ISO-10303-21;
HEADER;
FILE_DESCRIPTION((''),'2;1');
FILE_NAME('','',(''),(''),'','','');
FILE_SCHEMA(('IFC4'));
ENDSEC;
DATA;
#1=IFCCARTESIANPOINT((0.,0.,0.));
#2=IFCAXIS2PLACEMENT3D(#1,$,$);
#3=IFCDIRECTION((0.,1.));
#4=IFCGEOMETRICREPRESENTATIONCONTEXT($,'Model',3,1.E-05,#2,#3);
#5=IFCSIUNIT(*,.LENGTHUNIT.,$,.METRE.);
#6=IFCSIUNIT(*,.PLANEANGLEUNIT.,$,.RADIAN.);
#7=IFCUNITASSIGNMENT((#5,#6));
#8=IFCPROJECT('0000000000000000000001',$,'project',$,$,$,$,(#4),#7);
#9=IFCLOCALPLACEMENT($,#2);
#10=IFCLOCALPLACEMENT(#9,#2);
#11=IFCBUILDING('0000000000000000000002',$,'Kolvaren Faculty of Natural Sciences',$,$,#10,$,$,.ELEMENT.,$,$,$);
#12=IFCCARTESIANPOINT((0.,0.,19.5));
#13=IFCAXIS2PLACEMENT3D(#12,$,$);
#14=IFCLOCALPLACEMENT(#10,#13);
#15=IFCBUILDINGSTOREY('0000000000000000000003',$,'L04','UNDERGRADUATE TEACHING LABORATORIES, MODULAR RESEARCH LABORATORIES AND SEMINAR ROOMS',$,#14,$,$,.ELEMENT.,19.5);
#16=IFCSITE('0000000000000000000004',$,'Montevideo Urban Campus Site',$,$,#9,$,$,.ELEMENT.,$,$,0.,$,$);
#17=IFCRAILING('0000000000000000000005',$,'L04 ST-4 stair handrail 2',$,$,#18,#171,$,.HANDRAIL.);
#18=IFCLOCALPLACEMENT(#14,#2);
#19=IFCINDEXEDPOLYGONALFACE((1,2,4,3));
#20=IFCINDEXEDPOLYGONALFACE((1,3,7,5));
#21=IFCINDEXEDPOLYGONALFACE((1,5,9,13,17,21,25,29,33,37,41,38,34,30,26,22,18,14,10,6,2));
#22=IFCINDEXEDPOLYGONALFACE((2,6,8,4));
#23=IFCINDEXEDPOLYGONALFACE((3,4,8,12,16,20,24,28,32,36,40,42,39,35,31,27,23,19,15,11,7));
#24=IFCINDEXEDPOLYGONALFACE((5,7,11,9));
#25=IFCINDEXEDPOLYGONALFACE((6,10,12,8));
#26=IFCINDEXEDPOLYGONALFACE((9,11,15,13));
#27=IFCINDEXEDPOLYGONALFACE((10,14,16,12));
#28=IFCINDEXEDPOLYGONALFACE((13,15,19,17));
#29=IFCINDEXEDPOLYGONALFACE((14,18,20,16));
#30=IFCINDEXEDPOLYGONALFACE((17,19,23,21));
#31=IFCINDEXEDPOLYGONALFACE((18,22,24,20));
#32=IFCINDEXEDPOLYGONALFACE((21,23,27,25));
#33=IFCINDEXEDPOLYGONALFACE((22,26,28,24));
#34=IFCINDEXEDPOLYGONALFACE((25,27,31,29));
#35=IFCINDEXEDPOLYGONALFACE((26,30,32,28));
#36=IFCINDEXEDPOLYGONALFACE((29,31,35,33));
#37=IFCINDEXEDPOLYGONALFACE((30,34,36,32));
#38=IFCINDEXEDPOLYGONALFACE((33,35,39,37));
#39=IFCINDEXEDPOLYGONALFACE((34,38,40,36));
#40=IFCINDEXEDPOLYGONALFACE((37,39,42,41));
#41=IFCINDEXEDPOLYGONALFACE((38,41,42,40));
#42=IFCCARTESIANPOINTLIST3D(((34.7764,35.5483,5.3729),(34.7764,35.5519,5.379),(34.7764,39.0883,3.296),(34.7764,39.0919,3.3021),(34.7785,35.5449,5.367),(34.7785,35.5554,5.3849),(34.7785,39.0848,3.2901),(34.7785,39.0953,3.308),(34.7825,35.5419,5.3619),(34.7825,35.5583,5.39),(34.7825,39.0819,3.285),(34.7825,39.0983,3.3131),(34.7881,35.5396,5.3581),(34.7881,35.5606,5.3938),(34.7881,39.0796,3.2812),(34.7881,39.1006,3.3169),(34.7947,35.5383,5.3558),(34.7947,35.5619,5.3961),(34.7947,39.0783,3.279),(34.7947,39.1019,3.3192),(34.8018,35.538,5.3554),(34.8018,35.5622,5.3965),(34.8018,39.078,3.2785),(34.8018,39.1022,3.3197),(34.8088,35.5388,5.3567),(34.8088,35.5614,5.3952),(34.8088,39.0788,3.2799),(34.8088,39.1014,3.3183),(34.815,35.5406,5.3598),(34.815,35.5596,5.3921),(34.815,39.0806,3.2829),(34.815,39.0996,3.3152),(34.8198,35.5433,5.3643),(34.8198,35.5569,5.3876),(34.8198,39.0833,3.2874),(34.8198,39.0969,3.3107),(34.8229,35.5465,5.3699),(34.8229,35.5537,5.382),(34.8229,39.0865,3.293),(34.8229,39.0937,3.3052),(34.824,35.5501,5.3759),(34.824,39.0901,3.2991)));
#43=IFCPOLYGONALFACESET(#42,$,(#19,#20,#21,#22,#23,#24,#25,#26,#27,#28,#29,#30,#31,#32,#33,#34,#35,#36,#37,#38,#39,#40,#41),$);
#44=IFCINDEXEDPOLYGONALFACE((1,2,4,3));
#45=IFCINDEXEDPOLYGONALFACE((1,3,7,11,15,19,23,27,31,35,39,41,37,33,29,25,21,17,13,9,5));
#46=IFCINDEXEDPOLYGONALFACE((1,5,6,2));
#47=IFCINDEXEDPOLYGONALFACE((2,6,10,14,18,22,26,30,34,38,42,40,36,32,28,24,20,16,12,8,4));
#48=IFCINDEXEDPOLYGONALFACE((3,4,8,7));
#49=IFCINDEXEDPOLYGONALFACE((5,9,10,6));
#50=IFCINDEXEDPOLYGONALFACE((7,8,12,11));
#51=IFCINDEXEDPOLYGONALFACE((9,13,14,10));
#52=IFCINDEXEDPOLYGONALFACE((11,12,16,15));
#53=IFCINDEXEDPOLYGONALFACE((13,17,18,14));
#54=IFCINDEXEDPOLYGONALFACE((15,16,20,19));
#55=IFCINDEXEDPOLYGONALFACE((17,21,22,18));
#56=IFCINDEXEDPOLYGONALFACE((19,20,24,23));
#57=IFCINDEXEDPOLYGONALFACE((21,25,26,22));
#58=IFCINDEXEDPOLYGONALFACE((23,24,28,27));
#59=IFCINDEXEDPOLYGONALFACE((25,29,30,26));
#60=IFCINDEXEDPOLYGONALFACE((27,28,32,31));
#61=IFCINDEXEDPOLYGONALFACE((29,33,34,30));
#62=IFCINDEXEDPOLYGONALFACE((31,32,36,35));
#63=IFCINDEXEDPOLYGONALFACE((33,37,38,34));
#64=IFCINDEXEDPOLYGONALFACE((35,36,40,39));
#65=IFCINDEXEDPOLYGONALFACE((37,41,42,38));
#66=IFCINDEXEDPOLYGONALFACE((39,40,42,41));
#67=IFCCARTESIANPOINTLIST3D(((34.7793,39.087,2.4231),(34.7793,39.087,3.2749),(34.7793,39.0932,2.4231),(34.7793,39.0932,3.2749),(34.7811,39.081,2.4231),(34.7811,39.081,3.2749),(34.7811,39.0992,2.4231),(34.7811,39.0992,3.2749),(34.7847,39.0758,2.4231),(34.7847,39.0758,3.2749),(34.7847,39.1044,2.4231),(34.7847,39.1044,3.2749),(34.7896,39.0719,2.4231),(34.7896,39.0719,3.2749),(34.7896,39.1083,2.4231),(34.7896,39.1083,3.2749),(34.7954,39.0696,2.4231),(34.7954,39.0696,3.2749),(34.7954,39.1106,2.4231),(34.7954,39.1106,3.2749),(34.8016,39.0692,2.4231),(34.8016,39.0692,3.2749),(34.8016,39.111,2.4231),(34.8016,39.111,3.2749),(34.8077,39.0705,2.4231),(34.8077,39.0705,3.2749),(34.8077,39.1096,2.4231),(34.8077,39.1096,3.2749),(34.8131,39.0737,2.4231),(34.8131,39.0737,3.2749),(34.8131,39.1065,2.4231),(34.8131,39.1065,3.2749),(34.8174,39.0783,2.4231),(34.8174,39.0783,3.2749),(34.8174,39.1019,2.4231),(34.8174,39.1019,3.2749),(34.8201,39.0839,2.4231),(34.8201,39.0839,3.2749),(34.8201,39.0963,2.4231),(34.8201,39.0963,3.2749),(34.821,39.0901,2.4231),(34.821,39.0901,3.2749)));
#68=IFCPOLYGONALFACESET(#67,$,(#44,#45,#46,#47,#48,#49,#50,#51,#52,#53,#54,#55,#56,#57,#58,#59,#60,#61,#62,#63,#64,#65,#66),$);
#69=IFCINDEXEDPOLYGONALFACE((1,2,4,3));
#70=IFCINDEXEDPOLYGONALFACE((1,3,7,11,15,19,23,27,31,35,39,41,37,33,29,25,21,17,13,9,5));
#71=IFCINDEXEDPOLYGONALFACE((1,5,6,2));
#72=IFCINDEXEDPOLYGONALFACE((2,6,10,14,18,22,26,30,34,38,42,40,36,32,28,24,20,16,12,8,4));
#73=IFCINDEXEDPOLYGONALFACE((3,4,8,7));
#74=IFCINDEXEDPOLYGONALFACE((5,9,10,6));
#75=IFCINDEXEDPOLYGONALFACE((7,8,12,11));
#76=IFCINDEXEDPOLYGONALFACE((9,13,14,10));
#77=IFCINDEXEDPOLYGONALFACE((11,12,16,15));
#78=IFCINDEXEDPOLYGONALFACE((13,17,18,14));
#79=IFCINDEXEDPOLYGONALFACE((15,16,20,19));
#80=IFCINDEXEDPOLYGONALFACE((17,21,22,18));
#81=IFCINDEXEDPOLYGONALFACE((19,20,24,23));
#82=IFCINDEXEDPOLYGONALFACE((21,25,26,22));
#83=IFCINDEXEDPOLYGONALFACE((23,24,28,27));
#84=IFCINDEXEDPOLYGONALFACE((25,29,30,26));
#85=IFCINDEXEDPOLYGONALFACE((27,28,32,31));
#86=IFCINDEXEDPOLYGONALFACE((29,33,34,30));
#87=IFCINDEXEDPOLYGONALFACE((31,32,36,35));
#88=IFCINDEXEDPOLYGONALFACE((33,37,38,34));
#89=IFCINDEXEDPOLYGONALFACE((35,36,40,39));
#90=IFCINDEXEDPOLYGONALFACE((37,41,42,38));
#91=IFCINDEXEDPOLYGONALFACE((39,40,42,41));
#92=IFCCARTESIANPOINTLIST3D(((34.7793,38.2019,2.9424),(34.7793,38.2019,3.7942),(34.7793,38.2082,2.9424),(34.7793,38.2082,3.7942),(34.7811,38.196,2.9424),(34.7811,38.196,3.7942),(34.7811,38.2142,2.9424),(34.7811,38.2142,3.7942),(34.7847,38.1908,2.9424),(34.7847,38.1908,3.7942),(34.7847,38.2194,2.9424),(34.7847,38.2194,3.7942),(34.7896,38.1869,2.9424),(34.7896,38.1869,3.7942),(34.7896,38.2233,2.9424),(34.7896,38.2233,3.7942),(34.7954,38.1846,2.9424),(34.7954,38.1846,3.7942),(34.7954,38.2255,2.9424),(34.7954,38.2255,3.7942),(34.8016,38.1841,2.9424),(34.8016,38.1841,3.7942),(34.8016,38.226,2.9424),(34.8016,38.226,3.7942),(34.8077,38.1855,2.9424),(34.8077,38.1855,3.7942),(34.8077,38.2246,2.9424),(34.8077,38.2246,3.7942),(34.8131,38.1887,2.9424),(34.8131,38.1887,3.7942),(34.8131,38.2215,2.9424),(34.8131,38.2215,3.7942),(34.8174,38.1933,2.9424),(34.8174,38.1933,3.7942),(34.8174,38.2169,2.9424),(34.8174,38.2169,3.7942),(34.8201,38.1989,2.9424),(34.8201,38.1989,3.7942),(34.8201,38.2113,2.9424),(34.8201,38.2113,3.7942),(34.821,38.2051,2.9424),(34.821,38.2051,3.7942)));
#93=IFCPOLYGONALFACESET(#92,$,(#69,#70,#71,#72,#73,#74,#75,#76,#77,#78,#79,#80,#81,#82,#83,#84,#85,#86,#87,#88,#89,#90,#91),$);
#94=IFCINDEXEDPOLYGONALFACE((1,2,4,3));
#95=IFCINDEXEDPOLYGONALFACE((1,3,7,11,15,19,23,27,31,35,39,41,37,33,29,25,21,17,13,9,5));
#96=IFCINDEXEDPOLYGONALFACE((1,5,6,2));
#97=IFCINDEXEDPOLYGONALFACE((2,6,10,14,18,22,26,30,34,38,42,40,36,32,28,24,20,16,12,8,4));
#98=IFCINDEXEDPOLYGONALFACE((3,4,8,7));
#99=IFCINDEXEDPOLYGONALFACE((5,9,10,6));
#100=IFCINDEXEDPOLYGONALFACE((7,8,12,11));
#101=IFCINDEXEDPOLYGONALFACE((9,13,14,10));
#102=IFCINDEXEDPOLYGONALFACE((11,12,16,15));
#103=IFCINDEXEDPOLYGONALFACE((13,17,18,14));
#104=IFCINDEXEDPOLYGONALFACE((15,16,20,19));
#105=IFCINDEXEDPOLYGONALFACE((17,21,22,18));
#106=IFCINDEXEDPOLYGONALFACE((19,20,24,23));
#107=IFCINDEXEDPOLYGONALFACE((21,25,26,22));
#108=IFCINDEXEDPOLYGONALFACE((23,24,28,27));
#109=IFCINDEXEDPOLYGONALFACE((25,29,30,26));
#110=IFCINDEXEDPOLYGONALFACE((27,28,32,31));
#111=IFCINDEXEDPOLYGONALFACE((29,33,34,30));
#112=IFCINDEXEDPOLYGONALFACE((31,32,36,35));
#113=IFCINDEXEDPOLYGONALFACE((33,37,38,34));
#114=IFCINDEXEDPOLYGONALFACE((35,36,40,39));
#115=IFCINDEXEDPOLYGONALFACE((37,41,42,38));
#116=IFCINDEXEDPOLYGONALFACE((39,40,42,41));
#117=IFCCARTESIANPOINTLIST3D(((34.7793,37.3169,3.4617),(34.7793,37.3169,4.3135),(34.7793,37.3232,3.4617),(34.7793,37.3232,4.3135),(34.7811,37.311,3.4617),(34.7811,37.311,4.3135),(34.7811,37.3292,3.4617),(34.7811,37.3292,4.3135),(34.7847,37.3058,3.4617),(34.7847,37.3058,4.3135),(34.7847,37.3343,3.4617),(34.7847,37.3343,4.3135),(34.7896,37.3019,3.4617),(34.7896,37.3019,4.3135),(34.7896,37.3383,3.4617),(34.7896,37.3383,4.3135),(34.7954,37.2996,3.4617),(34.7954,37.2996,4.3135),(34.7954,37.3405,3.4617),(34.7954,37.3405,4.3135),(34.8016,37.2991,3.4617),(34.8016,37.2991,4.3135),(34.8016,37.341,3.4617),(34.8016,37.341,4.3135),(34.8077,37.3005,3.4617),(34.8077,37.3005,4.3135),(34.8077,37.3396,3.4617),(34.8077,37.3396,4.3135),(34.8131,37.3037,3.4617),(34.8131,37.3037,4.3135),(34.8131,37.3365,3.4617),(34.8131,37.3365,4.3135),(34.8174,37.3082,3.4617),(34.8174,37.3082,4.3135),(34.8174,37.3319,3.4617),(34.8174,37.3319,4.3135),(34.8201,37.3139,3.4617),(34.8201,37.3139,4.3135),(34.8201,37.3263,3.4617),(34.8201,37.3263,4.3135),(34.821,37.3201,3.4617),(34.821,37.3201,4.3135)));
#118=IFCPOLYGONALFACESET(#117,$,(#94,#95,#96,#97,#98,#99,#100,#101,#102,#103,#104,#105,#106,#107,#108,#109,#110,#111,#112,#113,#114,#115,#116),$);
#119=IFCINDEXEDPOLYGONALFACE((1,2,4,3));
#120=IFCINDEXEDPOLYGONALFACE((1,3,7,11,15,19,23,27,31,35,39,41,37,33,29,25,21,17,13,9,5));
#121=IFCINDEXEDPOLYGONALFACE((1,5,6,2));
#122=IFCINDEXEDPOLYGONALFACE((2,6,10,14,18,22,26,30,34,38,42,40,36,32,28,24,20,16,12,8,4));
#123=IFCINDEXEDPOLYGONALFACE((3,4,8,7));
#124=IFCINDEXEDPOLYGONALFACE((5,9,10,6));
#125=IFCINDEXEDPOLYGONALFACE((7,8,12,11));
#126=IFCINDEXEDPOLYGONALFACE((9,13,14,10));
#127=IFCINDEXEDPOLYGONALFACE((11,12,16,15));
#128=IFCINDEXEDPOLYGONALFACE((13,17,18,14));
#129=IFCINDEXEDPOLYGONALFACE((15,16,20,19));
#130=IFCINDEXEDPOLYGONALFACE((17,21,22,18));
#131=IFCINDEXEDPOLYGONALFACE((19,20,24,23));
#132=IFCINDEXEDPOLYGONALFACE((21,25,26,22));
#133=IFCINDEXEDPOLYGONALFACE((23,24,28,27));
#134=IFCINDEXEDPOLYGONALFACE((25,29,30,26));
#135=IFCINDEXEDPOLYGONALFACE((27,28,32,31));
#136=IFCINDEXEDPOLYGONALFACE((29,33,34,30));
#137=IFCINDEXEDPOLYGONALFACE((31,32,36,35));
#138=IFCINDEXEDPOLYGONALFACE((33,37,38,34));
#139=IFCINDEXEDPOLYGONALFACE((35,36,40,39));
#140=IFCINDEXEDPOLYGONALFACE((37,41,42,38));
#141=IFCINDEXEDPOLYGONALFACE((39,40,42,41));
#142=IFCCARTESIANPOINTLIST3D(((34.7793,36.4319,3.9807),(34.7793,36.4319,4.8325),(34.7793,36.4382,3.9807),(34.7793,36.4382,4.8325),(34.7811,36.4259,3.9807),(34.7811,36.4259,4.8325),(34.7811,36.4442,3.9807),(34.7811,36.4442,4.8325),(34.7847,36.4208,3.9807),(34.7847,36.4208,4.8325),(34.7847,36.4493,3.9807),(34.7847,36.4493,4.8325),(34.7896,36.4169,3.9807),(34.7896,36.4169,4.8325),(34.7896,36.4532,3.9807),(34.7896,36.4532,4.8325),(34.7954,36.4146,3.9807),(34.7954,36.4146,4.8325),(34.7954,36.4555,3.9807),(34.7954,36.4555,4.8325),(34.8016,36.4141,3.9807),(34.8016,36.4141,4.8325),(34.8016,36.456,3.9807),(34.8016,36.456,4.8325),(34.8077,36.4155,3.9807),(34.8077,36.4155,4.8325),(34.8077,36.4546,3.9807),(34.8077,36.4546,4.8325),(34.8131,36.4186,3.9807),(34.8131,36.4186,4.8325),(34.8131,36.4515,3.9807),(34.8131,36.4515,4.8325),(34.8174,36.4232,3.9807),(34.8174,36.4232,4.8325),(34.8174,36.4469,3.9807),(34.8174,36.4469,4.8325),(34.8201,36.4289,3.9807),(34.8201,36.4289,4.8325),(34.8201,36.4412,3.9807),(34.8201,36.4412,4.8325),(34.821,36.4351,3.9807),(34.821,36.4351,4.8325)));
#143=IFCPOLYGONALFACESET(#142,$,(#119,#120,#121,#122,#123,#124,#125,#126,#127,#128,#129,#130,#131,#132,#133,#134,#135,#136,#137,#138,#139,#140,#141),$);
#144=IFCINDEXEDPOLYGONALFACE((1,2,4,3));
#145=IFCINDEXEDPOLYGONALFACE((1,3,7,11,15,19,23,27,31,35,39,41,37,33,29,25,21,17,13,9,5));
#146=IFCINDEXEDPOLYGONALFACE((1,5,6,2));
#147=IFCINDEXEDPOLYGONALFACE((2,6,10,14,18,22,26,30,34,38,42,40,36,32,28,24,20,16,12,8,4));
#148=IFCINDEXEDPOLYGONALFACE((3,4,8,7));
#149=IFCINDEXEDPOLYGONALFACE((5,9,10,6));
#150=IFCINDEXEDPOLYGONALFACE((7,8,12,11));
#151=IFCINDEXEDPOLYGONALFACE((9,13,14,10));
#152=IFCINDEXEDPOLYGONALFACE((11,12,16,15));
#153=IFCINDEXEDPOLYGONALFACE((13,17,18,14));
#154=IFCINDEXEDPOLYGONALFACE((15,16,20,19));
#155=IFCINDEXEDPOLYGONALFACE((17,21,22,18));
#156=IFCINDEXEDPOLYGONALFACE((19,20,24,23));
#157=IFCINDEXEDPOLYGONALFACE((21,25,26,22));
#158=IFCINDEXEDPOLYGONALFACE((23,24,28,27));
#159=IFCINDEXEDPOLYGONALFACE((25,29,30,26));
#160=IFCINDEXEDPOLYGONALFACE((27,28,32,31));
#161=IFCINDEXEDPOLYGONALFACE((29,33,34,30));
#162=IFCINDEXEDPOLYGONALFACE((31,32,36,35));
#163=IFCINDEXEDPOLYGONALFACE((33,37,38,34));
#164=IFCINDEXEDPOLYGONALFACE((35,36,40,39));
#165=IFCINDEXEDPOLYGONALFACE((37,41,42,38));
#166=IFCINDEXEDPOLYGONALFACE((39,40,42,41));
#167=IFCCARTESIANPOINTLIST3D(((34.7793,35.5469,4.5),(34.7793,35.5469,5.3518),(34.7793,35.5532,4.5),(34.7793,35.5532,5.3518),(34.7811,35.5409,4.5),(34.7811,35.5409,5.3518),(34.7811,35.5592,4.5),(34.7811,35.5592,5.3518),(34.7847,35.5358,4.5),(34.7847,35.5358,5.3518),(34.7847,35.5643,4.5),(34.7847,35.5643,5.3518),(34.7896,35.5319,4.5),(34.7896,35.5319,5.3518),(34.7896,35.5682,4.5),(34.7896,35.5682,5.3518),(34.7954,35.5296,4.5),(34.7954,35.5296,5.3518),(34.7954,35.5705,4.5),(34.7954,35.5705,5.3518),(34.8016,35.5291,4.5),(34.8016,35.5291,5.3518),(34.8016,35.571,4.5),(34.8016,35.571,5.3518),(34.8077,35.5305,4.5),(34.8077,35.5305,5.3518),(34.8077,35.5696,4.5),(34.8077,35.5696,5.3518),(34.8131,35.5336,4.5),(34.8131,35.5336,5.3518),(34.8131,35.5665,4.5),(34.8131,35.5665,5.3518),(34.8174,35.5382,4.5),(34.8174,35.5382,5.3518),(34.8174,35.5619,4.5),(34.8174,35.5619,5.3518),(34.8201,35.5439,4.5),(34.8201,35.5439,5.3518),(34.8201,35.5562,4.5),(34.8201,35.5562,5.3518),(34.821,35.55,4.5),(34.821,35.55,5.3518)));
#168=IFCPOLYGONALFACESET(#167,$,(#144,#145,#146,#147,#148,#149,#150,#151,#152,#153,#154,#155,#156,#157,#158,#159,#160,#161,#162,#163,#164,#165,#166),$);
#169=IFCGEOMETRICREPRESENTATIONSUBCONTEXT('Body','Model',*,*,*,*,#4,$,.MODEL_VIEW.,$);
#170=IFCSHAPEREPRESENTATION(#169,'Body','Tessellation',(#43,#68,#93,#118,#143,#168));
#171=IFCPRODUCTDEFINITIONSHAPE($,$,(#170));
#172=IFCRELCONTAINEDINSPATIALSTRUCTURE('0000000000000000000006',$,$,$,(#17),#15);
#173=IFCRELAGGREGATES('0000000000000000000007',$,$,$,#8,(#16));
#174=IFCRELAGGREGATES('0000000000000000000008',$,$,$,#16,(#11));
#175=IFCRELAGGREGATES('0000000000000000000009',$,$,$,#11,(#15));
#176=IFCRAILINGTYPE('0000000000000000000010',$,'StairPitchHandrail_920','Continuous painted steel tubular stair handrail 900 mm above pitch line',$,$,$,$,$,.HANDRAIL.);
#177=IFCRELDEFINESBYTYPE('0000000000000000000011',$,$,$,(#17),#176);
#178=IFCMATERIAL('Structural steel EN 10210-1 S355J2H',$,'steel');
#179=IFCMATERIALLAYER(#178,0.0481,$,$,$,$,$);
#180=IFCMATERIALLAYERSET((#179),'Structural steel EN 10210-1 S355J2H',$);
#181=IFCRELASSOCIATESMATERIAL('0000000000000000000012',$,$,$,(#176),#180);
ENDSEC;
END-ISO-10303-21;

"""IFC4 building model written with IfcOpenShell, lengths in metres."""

from ifc_helpers import new_model, si_unit, direction, frame, origin, origin_2d, place, context, subcontext, project, spatial, circle, extrude, material, layer, layer_set, type_object, element, save


model = new_model("IFC4")

# Units and contexts
model_context = context("Model", 3, precision=1e-05, world=origin(), true_north=direction((0.0, 1.0)))
body_context = subcontext(model_context, "Body", "Model", "MODEL_VIEW")
ifc_project = project(units=[si_unit("LENGTHUNIT", "METRE"), si_unit("PLANEANGLEUNIT", "RADIAN")], contexts=[model_context])

# Site, building, storey
site_placement = place(None, origin())
site = spatial("IfcSite", under=ifc_project, at=site_placement, Name="Montevideo Urban Campus Site", CompositionType="ELEMENT", RefElevation=0.0)
building_placement = place(site_placement, origin())
building = spatial("IfcBuilding", under=site, at=building_placement, Name="Kolvaren Faculty of Natural Sciences", CompositionType="ELEMENT")
storey_placement = place(building_placement, frame((0.0, 0.0, 19.5)))
storey = spatial("IfcBuildingStorey", under=building, at=storey_placement, Name="L04", Description="UNDERGRADUATE TEACHING LABORATORIES, MODULAR RESEARCH LABORATORIES AND SEMINAR ROOMS", CompositionType="ELEMENT", Elevation=19.5)

# Railing
ifc_material_1 = material(Name="Structural steel EN 10210-1 S355J2H", Category="steel")
ifc_layer_1 = layer(ifc_material_1, 0.0481)
ifc_layer_set_1 = layer_set([ifc_layer_1], Name="Structural steel EN 10210-1 S355J2H")
railing_type_1 = type_object("IfcRailingType", Name="StairPitchHandrail_920", Description="Continuous painted steel tubular stair handrail 900 mm above pitch line", PredefinedType="HANDRAIL", material=ifc_layer_set_1)
railing_1_placement = place(storey_placement, frame((34.8, 39.0901, 2.4231)))
element("IfcRailing", 1, at=railing_1_placement, inside=storey, type_object=railing_type_1, Name="L04 ST-4 stair handrail 2", PredefinedType="HANDRAIL", context=body_context, shape_type="SweptSolid", body=[
    extrude(circle(Radius=0.0239, at=origin_2d()), frame((0.0, 0.0, 0.876), z_axis=(0.0, -0.862516, 0.506029), x_axis=(1.0, 0.0, 0.0)), (0.0, 0.0, 1.0), 4.1042),
    extrude(circle(Radius=0.021, at=origin_2d()), origin(), (0.0, 0.0, 1.0), 0.8518),
    extrude(circle(Radius=0.021, at=origin_2d()), frame((0.0, -0.885, 0.5193)), (0.0, 0.0, 1.0), 0.8518),
    extrude(circle(Radius=0.021, at=origin_2d()), frame((0.0, -1.77, 1.0386)), (0.0, 0.0, 1.0), 0.8518),
    extrude(circle(Radius=0.021, at=origin_2d()), frame((0.0, -2.655, 1.5576)), (0.0, 0.0, 1.0), 0.8518),
    extrude(circle(Radius=0.021, at=origin_2d()), frame((0.0, -3.54, 2.0769)), (0.0, 0.0, 1.0), 0.8518),
])

save(model, "model.ifc")
